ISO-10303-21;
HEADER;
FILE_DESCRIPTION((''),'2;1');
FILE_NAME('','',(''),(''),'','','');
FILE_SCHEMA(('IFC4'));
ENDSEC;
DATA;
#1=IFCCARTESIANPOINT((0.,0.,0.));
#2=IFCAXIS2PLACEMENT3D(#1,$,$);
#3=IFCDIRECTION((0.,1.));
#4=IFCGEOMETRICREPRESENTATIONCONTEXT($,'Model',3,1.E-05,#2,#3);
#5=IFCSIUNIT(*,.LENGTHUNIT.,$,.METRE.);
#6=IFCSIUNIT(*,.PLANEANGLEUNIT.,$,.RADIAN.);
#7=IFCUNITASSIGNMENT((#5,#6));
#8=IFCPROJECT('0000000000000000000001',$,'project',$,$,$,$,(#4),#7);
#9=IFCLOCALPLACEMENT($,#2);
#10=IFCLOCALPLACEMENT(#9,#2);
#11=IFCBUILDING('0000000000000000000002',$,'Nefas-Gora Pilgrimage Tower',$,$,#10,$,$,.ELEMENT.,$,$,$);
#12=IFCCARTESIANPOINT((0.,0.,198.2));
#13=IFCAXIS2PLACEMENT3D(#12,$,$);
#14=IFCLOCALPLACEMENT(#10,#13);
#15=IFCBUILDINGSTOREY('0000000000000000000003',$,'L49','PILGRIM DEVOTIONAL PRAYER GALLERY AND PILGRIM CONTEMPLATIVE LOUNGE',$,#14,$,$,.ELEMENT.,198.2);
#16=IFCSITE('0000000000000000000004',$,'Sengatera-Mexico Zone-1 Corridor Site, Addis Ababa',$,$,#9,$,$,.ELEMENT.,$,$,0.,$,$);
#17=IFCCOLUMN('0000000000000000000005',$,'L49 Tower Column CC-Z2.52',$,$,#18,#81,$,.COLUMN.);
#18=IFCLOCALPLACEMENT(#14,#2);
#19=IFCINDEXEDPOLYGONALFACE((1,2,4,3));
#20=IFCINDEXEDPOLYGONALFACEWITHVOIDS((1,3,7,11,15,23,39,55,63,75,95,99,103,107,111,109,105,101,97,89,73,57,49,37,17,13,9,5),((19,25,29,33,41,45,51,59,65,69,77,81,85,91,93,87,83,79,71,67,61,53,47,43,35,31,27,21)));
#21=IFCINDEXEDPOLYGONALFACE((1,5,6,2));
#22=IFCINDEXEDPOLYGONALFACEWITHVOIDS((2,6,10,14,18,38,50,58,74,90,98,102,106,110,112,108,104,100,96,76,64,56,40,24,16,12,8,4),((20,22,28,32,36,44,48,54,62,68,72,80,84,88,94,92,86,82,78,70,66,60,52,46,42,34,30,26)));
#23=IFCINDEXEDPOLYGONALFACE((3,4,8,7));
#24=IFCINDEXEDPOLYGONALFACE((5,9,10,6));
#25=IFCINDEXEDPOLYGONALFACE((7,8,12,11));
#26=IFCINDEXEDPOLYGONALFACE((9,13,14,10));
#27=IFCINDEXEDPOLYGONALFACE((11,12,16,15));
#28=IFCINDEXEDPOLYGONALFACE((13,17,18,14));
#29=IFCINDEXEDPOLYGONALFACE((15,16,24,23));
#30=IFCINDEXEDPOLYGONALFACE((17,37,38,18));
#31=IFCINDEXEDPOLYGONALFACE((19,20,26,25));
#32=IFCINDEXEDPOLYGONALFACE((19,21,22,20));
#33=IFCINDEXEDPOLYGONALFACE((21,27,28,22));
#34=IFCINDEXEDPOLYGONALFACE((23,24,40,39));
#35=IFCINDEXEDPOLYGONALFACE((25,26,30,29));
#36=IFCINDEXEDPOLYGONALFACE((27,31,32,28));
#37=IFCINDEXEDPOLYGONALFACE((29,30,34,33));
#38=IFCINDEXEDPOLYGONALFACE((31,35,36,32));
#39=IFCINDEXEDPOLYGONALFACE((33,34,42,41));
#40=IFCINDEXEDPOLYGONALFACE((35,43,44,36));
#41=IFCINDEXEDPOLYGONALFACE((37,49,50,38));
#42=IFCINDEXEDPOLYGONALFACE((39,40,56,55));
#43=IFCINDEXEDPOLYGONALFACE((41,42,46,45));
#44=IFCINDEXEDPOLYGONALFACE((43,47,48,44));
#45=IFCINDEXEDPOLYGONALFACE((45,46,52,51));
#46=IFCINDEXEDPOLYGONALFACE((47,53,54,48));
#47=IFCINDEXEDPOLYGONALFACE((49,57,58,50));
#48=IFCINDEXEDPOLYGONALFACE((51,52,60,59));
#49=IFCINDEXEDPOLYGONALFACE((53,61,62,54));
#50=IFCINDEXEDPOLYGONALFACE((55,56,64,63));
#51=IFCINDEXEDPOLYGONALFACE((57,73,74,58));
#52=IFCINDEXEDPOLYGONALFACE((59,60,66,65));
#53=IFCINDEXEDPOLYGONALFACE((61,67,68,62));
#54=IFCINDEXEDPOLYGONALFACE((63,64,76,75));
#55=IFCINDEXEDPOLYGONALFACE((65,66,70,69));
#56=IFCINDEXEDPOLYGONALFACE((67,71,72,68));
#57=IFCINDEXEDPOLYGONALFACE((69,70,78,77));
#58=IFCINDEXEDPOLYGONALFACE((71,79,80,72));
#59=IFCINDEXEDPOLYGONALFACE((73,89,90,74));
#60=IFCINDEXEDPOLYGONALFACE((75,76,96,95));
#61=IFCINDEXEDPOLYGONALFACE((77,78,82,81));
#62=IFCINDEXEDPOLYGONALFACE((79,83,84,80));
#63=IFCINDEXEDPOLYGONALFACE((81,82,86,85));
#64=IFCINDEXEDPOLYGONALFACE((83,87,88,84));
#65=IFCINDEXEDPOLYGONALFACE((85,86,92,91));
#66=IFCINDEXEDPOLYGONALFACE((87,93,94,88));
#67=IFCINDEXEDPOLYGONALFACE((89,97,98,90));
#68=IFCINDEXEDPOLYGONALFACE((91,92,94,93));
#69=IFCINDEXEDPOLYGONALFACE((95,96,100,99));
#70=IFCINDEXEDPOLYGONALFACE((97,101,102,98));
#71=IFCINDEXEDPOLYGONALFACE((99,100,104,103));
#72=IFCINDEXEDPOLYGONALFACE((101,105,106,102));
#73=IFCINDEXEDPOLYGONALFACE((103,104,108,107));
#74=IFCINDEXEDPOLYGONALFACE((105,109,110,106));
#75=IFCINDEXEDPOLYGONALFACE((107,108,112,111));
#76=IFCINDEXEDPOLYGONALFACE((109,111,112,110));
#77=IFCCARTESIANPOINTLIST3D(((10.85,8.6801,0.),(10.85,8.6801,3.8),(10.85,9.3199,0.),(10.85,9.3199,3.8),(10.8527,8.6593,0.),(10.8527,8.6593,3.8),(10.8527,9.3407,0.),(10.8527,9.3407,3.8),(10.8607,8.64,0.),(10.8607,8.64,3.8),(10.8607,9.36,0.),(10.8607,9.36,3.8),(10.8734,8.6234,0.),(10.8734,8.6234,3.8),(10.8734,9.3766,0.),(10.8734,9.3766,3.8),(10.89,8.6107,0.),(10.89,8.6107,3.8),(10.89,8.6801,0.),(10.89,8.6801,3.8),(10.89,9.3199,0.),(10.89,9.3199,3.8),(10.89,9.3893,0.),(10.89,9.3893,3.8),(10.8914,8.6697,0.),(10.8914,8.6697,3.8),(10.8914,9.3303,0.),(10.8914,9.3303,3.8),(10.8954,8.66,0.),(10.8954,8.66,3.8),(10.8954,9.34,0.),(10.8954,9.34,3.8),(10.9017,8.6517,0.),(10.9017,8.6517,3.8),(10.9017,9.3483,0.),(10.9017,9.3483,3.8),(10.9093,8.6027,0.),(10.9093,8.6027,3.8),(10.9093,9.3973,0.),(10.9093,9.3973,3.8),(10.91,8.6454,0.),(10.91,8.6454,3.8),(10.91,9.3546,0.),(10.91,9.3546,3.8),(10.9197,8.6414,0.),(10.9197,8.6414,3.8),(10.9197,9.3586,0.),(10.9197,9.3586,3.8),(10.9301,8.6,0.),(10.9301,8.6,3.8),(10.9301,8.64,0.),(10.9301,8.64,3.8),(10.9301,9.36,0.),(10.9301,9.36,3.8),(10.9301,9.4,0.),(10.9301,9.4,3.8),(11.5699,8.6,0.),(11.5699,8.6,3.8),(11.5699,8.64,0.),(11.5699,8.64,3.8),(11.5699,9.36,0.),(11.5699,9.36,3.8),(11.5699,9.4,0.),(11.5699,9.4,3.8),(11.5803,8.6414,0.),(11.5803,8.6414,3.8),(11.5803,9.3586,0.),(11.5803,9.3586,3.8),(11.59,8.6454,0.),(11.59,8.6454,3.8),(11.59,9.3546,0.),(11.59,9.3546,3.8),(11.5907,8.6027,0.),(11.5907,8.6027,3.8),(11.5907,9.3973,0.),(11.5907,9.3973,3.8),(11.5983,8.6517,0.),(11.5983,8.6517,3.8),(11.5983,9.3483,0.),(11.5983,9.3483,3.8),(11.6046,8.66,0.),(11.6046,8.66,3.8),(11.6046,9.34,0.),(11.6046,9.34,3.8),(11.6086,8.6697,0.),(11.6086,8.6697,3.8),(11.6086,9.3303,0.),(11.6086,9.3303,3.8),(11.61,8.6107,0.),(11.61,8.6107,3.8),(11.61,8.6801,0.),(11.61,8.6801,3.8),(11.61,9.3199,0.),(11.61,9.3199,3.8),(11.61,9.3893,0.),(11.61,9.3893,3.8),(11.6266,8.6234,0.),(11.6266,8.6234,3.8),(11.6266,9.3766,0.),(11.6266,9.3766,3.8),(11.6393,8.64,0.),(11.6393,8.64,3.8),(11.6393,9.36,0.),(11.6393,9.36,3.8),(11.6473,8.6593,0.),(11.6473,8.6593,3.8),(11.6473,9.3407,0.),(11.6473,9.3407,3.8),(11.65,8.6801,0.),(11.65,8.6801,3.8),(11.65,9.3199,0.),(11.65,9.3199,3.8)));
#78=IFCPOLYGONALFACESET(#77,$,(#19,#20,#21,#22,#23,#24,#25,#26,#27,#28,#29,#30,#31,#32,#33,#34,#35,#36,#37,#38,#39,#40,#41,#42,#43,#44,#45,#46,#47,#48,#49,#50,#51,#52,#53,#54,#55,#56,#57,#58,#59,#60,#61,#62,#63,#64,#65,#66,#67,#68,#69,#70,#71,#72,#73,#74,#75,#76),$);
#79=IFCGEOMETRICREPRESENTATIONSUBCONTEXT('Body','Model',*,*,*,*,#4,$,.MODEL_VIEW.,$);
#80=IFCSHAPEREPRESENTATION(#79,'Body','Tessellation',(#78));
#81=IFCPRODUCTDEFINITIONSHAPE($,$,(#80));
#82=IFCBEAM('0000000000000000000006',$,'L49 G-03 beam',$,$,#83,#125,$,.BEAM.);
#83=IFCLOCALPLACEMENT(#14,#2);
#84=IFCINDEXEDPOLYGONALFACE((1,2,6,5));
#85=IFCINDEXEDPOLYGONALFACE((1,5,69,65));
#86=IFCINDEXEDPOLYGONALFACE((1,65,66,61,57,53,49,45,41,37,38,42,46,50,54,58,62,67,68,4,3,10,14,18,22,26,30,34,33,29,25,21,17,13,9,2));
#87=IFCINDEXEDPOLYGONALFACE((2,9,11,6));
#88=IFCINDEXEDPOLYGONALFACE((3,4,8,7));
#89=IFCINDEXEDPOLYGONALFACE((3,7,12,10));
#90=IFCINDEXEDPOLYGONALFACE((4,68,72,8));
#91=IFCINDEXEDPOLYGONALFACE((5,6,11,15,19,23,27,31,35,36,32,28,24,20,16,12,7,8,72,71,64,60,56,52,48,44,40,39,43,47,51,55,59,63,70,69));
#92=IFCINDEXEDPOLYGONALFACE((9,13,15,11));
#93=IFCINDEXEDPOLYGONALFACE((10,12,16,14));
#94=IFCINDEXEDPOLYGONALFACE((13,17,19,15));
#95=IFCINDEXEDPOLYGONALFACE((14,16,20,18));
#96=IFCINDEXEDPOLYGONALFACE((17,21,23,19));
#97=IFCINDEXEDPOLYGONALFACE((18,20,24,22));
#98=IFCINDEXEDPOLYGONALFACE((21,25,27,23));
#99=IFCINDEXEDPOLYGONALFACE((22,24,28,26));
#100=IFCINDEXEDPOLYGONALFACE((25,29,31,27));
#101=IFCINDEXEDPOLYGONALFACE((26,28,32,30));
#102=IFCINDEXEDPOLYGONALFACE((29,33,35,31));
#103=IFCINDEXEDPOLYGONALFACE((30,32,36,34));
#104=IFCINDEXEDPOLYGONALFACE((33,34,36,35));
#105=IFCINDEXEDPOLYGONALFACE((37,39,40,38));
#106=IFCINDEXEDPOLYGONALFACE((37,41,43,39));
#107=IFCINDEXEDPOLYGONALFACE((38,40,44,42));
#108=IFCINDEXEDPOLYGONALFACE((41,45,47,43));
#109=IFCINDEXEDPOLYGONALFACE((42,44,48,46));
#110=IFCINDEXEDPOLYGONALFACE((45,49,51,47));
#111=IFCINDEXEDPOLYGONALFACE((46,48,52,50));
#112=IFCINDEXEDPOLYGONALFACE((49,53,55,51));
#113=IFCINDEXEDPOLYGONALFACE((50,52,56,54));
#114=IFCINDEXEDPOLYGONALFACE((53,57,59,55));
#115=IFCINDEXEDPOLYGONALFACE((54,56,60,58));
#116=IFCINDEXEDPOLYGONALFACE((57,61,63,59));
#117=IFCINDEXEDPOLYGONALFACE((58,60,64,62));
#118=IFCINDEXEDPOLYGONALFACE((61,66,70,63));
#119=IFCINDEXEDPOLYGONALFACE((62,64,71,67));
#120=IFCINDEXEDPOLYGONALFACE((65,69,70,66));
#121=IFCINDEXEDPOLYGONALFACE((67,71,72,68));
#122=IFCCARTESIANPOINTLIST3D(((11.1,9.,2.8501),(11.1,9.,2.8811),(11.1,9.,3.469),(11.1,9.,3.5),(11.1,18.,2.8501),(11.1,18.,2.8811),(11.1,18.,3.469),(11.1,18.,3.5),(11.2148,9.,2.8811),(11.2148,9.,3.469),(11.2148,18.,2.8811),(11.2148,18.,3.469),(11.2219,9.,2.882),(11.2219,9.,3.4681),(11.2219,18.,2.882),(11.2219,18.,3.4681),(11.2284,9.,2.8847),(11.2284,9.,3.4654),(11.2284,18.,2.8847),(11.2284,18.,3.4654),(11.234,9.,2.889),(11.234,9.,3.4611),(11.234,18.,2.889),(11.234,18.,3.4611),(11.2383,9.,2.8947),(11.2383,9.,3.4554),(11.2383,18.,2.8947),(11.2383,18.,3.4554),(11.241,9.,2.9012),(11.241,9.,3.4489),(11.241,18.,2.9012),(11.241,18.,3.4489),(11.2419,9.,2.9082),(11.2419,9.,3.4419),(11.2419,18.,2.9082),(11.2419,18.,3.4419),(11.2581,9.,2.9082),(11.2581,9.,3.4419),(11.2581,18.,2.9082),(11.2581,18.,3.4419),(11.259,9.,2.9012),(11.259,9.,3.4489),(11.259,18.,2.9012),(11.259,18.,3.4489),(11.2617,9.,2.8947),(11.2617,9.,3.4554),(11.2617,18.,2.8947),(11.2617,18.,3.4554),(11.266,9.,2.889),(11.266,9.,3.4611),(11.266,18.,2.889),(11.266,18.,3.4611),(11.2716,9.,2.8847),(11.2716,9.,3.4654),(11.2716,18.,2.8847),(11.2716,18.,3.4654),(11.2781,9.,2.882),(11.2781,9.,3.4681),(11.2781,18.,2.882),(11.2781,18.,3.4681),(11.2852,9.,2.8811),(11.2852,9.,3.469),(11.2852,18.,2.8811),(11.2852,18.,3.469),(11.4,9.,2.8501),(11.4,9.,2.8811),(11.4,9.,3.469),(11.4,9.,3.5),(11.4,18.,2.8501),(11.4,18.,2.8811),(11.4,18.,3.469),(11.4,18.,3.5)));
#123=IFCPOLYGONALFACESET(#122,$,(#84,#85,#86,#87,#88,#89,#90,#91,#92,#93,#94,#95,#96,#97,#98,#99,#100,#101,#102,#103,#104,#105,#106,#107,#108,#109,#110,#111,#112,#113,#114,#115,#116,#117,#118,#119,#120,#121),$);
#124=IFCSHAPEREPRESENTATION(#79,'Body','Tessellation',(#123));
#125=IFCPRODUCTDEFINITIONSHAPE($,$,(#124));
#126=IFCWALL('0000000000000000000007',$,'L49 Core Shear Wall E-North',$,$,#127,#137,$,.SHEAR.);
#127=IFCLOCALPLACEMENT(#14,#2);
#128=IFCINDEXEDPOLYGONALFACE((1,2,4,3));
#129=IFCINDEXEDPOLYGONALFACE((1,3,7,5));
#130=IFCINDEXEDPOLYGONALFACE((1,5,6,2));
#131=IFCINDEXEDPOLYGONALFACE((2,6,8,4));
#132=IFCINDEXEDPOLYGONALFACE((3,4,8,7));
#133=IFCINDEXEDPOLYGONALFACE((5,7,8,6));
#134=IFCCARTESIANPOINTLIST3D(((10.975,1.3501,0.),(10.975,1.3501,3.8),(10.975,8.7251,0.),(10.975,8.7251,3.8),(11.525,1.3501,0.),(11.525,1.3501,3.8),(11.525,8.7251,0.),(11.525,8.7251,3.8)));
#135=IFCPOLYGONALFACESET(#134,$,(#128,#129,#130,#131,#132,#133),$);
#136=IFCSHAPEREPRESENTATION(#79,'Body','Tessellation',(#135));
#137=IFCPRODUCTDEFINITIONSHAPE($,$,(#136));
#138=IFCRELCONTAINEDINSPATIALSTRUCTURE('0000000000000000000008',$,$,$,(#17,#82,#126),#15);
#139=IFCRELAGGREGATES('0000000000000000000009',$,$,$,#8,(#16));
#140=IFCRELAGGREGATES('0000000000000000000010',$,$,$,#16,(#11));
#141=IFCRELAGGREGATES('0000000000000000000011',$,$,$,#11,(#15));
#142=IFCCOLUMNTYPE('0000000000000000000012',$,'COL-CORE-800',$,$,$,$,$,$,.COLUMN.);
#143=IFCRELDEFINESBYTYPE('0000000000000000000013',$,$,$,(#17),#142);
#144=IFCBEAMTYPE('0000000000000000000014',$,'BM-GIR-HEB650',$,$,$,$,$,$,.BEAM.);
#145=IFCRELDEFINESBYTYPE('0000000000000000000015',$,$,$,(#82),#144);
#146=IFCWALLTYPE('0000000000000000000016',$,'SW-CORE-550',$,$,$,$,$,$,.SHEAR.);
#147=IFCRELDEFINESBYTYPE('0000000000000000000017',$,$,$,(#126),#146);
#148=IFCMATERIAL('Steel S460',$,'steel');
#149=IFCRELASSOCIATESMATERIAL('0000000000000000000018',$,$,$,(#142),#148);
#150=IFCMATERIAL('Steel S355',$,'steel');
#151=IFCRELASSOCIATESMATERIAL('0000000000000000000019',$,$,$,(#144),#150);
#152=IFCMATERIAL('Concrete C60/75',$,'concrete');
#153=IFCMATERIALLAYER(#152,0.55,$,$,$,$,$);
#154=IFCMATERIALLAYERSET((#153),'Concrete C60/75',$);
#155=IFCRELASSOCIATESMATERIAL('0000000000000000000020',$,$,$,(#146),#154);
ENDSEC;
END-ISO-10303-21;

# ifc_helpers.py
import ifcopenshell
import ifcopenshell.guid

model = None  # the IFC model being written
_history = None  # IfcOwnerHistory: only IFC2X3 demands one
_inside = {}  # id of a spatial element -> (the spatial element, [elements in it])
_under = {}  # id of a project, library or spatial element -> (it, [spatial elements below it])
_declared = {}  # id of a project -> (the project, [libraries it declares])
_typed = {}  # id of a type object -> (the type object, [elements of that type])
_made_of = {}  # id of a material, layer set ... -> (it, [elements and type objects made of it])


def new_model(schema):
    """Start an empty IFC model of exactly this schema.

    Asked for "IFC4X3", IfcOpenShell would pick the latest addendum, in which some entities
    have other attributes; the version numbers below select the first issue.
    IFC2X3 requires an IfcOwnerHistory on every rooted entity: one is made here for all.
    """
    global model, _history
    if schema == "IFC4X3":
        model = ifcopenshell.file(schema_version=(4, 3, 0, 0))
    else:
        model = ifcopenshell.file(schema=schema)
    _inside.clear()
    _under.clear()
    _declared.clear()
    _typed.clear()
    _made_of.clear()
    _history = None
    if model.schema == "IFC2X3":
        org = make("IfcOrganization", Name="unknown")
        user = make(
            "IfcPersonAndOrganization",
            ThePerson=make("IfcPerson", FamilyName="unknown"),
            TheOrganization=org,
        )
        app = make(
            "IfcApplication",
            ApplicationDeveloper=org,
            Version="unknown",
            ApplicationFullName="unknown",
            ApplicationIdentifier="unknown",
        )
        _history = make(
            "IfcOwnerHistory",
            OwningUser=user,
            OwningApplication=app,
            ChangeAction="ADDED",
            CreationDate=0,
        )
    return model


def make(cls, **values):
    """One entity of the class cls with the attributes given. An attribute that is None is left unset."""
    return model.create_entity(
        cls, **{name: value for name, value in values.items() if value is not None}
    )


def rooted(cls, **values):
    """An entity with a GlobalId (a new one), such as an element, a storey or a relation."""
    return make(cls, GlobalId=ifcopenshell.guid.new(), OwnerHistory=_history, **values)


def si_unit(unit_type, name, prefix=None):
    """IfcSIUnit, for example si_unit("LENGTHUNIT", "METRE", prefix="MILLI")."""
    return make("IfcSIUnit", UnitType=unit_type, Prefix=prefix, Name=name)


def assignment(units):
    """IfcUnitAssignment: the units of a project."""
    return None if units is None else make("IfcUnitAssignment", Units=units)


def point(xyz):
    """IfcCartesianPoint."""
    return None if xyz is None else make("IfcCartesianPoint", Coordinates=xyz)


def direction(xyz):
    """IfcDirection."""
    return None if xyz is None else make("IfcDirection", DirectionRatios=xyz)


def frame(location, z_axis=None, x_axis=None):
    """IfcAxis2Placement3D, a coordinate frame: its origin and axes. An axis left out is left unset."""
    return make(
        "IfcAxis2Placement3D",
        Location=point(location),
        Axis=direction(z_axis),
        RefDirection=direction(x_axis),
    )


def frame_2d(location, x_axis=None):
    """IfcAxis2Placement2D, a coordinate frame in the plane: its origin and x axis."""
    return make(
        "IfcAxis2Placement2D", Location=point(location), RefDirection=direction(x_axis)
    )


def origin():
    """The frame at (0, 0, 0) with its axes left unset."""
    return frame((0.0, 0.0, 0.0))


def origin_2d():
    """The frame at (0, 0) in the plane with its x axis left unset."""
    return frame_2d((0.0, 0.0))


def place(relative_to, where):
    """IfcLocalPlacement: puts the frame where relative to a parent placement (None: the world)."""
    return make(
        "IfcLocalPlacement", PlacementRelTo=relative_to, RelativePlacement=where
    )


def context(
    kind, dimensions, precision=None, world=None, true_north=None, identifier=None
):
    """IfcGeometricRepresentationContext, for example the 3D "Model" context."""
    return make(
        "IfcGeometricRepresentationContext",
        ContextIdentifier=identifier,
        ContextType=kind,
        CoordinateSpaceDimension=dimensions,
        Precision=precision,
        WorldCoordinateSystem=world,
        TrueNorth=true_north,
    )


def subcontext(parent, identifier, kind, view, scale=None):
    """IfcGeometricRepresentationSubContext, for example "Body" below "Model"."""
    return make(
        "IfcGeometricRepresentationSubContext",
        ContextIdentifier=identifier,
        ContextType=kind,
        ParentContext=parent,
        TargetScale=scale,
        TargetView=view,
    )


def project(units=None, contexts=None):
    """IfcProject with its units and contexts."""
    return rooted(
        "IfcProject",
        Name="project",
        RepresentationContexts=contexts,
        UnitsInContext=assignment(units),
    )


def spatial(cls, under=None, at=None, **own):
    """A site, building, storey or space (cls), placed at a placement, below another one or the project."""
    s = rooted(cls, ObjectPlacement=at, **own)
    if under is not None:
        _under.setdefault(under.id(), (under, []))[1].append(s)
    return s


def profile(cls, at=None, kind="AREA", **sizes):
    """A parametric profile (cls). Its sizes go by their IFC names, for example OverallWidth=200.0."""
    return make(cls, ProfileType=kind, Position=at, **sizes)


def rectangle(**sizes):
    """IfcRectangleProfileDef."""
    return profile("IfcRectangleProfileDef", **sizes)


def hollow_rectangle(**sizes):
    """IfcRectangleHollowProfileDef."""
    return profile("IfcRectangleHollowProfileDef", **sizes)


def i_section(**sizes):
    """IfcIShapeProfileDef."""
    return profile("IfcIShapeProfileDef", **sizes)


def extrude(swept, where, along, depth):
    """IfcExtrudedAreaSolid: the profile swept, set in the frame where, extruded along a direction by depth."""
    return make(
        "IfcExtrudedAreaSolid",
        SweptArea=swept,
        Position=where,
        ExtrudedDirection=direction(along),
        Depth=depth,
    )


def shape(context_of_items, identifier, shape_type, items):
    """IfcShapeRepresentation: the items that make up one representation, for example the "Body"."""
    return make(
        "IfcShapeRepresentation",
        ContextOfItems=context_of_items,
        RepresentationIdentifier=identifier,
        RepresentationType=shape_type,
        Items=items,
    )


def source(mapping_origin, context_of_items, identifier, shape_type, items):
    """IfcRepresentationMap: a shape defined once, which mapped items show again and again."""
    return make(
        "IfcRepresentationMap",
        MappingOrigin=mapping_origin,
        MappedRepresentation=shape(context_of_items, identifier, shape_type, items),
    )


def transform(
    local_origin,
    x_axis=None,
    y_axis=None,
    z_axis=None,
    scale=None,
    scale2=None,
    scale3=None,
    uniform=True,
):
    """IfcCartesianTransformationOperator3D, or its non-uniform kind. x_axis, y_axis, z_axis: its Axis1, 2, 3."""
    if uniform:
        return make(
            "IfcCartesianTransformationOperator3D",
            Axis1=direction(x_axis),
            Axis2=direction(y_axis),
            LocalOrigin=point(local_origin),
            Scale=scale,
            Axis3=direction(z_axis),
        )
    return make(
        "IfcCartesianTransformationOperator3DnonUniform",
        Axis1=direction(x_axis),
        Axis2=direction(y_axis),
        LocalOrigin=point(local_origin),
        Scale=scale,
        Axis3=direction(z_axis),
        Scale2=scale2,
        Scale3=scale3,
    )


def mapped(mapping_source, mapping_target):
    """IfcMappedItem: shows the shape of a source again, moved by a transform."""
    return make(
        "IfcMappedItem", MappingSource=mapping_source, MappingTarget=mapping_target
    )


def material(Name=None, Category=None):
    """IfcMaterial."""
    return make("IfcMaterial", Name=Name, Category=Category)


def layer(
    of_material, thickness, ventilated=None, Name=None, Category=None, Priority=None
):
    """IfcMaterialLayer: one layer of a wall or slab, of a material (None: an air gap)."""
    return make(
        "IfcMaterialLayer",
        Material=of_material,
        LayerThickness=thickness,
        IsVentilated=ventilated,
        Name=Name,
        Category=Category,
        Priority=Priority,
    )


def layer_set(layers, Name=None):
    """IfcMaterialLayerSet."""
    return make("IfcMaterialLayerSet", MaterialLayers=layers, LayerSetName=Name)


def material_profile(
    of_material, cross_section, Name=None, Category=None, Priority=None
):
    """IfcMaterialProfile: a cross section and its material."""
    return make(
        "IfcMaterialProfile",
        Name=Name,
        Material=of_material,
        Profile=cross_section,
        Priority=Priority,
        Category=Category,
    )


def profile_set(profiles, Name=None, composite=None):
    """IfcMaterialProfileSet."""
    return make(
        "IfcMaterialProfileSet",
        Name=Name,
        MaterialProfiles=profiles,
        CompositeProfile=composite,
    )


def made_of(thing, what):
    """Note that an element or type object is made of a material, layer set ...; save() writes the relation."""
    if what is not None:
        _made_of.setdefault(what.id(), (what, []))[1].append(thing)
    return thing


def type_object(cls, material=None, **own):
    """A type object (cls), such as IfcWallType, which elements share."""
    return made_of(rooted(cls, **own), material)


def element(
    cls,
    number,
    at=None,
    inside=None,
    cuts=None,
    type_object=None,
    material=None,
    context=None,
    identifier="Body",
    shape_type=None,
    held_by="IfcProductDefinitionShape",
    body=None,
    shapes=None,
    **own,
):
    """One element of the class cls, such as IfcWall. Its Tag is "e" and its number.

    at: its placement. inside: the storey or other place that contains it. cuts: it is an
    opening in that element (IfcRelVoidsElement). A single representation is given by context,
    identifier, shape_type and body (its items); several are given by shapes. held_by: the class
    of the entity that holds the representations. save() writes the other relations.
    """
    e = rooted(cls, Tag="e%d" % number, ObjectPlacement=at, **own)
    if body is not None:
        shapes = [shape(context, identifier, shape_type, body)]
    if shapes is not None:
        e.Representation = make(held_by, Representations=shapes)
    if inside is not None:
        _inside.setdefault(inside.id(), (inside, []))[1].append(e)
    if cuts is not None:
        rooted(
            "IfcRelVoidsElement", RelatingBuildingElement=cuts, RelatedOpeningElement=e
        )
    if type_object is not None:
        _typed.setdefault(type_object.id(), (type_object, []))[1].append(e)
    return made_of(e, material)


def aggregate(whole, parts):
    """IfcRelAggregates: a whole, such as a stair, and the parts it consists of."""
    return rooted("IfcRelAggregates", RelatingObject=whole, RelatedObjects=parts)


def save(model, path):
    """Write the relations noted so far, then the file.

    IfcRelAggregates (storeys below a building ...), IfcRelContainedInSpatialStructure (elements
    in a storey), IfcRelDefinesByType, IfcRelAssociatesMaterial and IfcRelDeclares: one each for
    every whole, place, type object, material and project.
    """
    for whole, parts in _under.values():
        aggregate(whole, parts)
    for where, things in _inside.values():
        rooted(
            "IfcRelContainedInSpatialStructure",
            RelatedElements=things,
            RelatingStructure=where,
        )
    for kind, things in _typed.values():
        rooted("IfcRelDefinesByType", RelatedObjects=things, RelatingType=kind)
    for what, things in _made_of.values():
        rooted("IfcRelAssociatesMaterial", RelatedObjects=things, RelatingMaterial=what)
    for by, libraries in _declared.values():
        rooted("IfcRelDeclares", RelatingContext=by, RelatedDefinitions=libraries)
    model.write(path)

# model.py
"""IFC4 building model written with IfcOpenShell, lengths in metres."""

from ifc_helpers import new_model, si_unit, direction, frame, frame_2d, origin, origin_2d, place, context, subcontext, project, spatial, rectangle, hollow_rectangle, i_section, extrude, source, transform, mapped, material, layer, layer_set, material_profile, profile_set, type_object, element, save


model = new_model("IFC4")

# Units and contexts
model_context = context("Model", 3, precision=1e-05, world=origin(), true_north=direction((0.0, 1.0)))
body_context = subcontext(model_context, "Body", "Model", "MODEL_VIEW")
ifc_project = project(units=[si_unit("LENGTHUNIT", "METRE"), si_unit("PLANEANGLEUNIT", "RADIAN")], contexts=[model_context])

# Site, building, storey
site_placement = place(None, origin())
site = spatial("IfcSite", under=ifc_project, at=site_placement, Name="Sengatera-Mexico Zone-1 Corridor Site, Addis Ababa", CompositionType="ELEMENT", RefElevation=0.0)
building_placement = place(site_placement, origin())
building = spatial("IfcBuilding", under=site, at=building_placement, Name="Nefas-Gora Pilgrimage Tower", CompositionType="ELEMENT")
storey_placement = place(building_placement, frame((0.0, 0.0, 198.2)))
storey = spatial("IfcBuildingStorey", under=building, at=storey_placement, Name="L49", Description="PILGRIM DEVOTIONAL PRAYER GALLERY AND PILGRIM CONTEMPLATIVE LOUNGE", CompositionType="ELEMENT", Elevation=198.2)

# Column
ifc_material_1 = material(Name="Steel S460", Category="steel")
ifc_material_profile_1 = material_profile(ifc_material_1, hollow_rectangle(XDim=0.8, YDim=0.8, WallThickness=0.04, InnerFilletRadius=0.04, OuterFilletRadius=0.0801, at=origin_2d()), Name="BOX 800x800x40")
ifc_profile_set_1 = profile_set([ifc_material_profile_1], Name="Steel S460")
column_type = type_object("IfcColumnType", Name="COL-CORE-800", PredefinedType="COLUMN", material=ifc_profile_set_1)
shared_shape_1 = source(origin(), body_context, "Body", "SweptSolid", [
    extrude(hollow_rectangle(XDim=0.8, YDim=0.8, WallThickness=0.04, InnerFilletRadius=0.04, OuterFilletRadius=0.0801, at=origin_2d()), origin(), (0.0, 0.0, 1.0), 3.8),
])
column_placement = place(storey_placement, frame((11.25, 9.0, 0.0), z_axis=(0.0, 0.0, 1.0), x_axis=(1.0, 0.0, 0.0)))
element("IfcColumn", 1, at=column_placement, inside=storey, type_object=column_type, Name="L49 Tower Column CC-Z2.52", PredefinedType="COLUMN", context=body_context, shape_type="MappedRepresentation", body=[
    mapped(shared_shape_1, transform((0.0, 0.0, 0.0), x_axis=(1.0, 0.0, 0.0), y_axis=(0.0, 1.0, 0.0), z_axis=(0.0, 0.0, 1.0), scale=1.0)),
])

# Beam
ifc_material_2 = material(Name="Steel S355", Category="steel")
ifc_material_profile_2 = material_profile(ifc_material_2, i_section(OverallWidth=0.3, OverallDepth=0.6499, WebThickness=0.0161, FlangeThickness=0.031, FilletRadius=0.0271, at=origin_2d()), Name="HEB 650")
ifc_profile_set_2 = profile_set([ifc_material_profile_2], Name="Steel S355")
beam_type = type_object("IfcBeamType", Name="BM-GIR-HEB650", PredefinedType="BEAM", material=ifc_profile_set_2)
shared_shape_2 = source(origin(), body_context, "Body", "SweptSolid", [
    extrude(i_section(OverallWidth=0.3, OverallDepth=0.6499, WebThickness=0.0161, FlangeThickness=0.031, FilletRadius=0.0271, at=origin_2d()), origin(), (0.0, 0.0, 1.0), 9.0),
])
beam_placement = place(storey_placement, frame((11.25, 9.0, 3.175), z_axis=(0.0, 1.0, 0.0), x_axis=(-1.0, 0.0, 0.0)))
element("IfcBeam", 2, at=beam_placement, inside=storey, type_object=beam_type, Name="L49 G-03 beam", PredefinedType="BEAM", context=body_context, shape_type="MappedRepresentation", body=[
    mapped(shared_shape_2, transform((0.0, 0.0, 0.0), x_axis=(1.0, 0.0, 0.0), y_axis=(0.0, 1.0, 0.0), z_axis=(0.0, 0.0, 1.0), scale=1.0)),
])

# Wall
ifc_material_3 = material(Name="Concrete C60/75", Category="concrete")
ifc_layer_1 = layer(ifc_material_3, 0.55)
ifc_layer_set_1 = layer_set([ifc_layer_1], Name="Concrete C60/75")
wall_type_1 = type_object("IfcWallType", Name="SW-CORE-550", PredefinedType="SHEAR", material=ifc_layer_set_1)
shared_shape_3 = source(origin(), body_context, "Body", "SweptSolid", [
    extrude(rectangle(XDim=7.375, YDim=0.55, at=frame_2d((3.6875, 0.0))), origin(), (0.0, 0.0, 1.0), 3.8),
])
wall_1_placement = place(storey_placement, frame((11.25, 1.3501, 0.0), z_axis=(0.0, 0.0, 1.0), x_axis=(0.0, 1.0, 0.0)))
element("IfcWall", 3, at=wall_1_placement, inside=storey, type_object=wall_type_1, Name="L49 Core Shear Wall E-North", PredefinedType="SHEAR", context=body_context, shape_type="MappedRepresentation", body=[
    mapped(shared_shape_3, transform((0.0, 0.0, 0.0), x_axis=(1.0, 0.0, 0.0), y_axis=(0.0, 1.0, 0.0), z_axis=(0.0, 0.0, 1.0), scale=1.0)),
])

save(model, "model.ifc")
